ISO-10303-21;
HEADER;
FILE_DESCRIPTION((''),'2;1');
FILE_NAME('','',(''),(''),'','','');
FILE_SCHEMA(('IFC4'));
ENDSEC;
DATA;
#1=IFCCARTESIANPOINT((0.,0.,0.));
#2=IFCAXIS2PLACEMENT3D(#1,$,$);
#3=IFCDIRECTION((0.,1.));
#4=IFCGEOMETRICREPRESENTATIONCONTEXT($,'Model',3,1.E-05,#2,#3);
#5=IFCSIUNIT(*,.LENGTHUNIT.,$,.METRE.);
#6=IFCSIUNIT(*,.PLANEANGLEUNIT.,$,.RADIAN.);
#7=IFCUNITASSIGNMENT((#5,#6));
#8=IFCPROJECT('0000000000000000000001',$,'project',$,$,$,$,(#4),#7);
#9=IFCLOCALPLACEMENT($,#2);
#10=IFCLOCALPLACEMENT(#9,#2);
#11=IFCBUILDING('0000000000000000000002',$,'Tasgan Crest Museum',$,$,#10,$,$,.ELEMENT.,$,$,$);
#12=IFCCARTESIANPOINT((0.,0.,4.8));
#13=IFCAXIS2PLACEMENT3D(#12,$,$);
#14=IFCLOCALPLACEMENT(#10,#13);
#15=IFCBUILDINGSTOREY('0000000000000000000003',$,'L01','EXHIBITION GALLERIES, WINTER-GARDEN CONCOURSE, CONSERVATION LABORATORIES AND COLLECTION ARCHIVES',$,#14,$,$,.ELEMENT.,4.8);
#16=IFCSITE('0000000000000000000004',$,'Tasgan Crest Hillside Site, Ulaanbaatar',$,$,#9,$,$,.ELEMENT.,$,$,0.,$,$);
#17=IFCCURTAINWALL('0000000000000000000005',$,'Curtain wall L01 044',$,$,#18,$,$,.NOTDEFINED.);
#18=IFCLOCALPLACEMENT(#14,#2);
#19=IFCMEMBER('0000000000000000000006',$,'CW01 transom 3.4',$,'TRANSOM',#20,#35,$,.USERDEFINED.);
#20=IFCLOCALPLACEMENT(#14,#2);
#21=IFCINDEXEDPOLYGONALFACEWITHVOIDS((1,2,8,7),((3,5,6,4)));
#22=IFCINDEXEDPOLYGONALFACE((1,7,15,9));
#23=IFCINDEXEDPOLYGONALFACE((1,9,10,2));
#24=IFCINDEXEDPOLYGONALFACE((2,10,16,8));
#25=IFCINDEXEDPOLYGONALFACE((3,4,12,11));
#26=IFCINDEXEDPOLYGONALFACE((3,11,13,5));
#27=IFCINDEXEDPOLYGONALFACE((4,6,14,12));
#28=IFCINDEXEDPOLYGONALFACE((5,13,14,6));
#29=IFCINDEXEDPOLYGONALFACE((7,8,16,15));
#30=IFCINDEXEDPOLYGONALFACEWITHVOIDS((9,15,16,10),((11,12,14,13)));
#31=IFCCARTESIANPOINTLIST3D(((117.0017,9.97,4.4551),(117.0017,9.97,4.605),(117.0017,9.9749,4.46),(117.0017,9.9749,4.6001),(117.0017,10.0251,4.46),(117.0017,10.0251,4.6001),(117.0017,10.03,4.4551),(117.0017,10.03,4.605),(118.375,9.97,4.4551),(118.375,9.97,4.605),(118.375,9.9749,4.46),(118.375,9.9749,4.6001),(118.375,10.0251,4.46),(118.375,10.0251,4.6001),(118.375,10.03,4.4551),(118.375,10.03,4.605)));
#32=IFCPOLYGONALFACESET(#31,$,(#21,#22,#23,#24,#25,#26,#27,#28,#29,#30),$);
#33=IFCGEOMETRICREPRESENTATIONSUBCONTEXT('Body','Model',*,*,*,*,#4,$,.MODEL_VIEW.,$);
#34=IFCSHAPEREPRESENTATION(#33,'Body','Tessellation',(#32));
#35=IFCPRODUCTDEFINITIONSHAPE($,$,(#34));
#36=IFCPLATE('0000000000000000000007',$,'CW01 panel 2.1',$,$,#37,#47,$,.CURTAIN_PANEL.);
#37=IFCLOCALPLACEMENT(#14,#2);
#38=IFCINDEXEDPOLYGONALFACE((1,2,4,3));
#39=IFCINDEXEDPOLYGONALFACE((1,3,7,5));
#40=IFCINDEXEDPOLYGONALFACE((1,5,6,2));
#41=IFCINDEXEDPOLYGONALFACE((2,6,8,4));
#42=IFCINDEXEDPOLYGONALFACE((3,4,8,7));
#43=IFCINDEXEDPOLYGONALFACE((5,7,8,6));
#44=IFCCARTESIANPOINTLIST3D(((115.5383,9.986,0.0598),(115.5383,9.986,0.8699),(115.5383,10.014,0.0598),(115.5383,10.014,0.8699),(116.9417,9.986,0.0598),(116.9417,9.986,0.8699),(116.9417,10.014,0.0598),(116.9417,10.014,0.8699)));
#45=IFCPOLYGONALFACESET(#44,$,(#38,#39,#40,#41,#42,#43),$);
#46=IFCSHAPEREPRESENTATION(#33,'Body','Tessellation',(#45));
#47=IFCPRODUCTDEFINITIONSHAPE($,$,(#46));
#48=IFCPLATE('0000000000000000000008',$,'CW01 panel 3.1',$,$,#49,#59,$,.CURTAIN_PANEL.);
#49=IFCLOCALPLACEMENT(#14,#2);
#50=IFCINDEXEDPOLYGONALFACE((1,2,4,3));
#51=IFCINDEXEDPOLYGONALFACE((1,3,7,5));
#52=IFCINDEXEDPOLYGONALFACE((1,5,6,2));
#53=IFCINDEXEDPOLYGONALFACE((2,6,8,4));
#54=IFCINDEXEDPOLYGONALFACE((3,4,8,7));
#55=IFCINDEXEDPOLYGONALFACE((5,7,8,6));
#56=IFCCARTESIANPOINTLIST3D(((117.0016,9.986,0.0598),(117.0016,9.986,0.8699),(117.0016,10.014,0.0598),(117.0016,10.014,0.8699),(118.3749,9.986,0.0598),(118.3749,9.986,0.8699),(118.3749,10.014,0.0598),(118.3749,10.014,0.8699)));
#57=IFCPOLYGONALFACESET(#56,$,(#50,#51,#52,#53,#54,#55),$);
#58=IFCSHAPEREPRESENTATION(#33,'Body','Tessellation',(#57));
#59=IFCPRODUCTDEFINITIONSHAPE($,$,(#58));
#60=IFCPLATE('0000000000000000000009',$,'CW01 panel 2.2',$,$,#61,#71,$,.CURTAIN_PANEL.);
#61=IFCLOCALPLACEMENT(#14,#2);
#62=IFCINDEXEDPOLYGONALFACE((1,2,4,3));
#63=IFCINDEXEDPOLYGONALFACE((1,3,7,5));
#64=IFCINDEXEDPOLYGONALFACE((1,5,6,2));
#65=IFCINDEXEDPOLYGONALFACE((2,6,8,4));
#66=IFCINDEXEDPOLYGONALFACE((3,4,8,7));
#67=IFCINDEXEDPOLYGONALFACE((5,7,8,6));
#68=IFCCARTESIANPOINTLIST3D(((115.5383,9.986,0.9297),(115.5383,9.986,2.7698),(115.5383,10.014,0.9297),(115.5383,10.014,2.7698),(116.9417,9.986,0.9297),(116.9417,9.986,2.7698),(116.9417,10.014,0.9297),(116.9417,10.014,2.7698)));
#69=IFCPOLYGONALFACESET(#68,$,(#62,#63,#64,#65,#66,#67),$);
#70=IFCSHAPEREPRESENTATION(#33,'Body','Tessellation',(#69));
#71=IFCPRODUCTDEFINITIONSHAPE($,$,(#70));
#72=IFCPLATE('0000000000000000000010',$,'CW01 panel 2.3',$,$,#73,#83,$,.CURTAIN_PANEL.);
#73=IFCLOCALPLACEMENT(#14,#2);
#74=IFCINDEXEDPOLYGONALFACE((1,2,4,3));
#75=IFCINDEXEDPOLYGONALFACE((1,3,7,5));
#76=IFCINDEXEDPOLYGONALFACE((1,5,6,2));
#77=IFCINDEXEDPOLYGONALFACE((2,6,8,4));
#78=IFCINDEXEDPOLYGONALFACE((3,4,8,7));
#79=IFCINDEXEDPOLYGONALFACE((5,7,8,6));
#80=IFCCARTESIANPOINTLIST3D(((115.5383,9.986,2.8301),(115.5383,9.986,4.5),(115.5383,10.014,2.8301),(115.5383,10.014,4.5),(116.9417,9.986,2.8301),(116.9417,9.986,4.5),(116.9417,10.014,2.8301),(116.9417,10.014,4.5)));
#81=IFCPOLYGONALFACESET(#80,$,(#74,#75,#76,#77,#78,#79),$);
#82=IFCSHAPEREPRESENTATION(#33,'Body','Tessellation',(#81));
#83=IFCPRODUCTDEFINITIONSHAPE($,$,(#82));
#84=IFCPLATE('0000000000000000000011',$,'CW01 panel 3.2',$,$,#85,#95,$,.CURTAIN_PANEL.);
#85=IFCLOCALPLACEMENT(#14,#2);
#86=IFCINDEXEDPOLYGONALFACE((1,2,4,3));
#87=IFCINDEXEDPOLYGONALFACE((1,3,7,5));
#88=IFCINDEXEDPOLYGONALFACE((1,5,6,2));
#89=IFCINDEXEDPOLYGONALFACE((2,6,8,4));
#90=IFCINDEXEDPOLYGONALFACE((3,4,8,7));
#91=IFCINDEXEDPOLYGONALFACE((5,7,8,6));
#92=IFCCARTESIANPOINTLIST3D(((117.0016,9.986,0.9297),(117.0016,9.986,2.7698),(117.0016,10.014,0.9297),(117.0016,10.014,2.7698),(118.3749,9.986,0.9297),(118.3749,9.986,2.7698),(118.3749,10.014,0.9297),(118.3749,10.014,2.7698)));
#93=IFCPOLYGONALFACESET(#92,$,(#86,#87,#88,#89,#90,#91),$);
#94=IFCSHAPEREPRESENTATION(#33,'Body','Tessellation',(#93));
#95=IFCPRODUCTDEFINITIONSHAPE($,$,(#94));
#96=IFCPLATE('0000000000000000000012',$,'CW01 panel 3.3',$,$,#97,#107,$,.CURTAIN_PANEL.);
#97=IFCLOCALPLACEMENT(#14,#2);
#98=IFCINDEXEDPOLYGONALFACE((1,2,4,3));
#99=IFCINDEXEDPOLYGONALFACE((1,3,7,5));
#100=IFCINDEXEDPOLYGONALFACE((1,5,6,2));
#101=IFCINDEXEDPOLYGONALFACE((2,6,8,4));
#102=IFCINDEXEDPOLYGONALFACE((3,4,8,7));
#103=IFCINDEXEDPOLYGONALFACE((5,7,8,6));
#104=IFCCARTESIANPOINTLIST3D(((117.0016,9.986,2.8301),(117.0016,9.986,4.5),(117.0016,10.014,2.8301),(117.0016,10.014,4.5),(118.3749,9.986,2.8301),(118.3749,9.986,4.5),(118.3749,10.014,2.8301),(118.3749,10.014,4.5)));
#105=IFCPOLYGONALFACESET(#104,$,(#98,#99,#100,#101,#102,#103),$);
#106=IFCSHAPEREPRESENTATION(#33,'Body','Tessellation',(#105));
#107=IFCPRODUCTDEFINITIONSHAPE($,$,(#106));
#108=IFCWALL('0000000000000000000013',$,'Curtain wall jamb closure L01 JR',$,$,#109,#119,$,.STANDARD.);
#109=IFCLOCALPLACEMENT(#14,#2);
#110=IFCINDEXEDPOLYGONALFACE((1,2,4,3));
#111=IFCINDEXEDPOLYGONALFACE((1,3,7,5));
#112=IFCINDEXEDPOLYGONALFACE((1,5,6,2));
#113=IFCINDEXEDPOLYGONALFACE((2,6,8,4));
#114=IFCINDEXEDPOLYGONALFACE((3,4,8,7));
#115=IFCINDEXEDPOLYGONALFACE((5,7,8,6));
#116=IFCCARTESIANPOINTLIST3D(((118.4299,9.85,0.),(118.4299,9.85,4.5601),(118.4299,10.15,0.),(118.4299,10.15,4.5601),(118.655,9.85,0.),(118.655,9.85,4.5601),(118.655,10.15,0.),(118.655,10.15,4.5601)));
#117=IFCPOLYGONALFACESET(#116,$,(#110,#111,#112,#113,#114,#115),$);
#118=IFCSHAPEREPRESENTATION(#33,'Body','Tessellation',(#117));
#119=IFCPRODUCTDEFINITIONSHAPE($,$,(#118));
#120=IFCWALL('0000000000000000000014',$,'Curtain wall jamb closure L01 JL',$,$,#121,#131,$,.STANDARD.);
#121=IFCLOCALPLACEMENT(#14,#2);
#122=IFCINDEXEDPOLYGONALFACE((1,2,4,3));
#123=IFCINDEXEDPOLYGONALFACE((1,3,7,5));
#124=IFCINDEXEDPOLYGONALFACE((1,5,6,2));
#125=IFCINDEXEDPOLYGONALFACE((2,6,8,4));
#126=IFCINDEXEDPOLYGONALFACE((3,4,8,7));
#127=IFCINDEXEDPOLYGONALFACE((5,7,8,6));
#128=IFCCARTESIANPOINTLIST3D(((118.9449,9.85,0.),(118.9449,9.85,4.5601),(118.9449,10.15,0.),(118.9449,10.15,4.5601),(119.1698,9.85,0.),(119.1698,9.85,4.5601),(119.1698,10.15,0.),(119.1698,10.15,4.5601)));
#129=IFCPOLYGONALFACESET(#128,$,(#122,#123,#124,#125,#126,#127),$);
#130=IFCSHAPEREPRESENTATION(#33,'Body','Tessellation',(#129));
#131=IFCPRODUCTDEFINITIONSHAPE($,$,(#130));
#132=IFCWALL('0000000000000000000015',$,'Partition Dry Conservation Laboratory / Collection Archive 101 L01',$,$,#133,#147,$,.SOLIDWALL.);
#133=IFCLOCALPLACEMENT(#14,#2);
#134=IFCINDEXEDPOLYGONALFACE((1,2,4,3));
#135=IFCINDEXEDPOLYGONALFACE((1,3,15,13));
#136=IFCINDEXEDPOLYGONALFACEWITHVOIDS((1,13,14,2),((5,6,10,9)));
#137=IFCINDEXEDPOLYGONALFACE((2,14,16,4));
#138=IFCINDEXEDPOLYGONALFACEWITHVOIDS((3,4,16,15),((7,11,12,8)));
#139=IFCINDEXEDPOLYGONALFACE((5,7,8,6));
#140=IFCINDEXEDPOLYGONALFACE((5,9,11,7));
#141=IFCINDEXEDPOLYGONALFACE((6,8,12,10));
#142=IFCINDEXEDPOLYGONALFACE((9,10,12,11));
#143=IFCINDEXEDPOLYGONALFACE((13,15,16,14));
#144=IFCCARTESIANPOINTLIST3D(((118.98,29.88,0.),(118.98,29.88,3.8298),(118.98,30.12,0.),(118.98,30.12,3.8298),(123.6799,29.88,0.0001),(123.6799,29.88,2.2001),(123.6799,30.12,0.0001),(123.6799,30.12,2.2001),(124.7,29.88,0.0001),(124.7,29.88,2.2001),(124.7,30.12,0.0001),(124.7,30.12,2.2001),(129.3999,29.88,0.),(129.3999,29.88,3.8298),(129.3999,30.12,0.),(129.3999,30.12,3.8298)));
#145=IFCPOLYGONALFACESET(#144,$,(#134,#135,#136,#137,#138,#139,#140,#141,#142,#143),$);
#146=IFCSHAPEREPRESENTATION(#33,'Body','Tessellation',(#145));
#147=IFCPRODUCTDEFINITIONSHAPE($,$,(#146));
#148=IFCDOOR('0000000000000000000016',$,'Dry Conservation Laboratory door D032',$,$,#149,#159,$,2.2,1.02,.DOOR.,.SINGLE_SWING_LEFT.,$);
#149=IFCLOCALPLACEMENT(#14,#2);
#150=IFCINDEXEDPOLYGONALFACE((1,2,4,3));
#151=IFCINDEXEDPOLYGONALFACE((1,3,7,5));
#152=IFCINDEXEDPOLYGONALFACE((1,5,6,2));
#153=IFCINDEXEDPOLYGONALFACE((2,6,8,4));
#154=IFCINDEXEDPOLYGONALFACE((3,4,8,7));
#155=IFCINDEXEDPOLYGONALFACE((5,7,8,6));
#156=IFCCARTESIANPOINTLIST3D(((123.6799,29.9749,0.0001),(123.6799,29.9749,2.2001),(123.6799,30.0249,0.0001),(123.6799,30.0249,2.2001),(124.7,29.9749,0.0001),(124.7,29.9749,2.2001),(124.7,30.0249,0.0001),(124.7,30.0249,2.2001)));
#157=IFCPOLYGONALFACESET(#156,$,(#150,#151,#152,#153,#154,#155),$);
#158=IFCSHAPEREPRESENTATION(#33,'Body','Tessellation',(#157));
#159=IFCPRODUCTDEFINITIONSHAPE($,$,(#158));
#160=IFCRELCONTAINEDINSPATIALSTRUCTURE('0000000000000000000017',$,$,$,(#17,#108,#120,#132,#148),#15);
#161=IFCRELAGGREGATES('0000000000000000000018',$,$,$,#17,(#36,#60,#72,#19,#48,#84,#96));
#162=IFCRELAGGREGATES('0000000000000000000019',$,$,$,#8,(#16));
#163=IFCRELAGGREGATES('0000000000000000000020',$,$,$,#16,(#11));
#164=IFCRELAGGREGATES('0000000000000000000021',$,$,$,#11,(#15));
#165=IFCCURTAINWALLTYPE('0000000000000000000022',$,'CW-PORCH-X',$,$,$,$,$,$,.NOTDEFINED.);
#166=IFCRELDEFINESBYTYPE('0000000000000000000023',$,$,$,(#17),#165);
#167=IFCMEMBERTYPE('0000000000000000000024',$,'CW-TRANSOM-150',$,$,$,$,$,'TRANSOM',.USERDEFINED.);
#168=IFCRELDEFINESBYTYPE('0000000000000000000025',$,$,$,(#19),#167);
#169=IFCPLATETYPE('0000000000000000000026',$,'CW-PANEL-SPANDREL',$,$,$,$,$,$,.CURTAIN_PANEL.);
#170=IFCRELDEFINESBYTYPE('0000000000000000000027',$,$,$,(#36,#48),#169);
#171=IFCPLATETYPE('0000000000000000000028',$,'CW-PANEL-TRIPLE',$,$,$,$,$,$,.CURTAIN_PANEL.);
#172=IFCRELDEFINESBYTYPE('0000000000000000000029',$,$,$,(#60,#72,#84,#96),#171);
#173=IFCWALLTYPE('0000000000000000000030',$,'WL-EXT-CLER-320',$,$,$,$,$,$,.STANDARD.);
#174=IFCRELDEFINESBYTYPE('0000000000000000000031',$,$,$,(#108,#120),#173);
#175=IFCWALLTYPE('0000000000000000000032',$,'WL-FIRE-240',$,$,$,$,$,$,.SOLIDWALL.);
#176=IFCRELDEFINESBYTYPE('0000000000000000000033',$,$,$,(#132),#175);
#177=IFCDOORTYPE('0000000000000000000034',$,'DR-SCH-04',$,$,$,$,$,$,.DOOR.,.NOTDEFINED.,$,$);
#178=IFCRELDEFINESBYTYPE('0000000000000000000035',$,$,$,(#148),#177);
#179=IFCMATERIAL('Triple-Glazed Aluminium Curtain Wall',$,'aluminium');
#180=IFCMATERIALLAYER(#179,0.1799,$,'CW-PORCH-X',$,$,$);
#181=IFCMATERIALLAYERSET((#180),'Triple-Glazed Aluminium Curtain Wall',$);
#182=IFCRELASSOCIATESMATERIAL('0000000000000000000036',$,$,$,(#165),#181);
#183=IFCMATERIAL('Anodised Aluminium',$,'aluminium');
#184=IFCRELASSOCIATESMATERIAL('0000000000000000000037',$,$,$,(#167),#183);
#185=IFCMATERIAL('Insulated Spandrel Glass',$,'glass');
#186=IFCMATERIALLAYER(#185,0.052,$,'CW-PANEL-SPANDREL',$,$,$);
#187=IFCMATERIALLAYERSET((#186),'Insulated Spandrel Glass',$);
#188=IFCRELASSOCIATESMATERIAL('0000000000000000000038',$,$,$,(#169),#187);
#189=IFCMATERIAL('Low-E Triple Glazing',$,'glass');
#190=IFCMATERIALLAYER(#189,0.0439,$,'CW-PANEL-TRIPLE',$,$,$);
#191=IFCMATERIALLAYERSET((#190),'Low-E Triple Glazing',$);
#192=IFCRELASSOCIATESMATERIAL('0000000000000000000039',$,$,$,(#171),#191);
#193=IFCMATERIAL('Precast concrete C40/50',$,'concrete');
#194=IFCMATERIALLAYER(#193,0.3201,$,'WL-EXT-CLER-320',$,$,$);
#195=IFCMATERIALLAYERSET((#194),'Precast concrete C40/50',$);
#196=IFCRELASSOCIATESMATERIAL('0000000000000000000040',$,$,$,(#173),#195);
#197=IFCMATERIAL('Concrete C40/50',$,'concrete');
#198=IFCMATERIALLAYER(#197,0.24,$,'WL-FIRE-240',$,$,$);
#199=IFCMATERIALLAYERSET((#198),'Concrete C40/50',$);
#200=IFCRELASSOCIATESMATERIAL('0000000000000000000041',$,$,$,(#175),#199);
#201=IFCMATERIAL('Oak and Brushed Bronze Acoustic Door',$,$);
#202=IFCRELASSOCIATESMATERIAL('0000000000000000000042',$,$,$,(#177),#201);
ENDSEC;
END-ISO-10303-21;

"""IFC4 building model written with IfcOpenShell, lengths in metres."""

from ifc_helpers import new_model, si_unit, direction, frame, frame_2d, origin, origin_2d, place, context, subcontext, project, spatial, rectangle, hollow_rectangle, extrude, material, layer, layer_set, material_profile, profile_set, type_object, element, fill, aggregate, save


model = new_model("IFC4")

# Units and contexts
model_context = context("Model", 3, precision=1e-05, world=origin(), true_north=direction((0.0, 1.0)))
body_context = subcontext(model_context, "Body", "Model", "MODEL_VIEW")
ifc_project = project(units=[si_unit("LENGTHUNIT", "METRE"), si_unit("PLANEANGLEUNIT", "RADIAN")], contexts=[model_context])

# Site, building, storey
site_placement = place(None, origin())
site = spatial("IfcSite", under=ifc_project, at=site_placement, Name="Tasgan Crest Hillside Site, Ulaanbaatar", CompositionType="ELEMENT", RefElevation=0.0)
building_placement = place(site_placement, origin())
building = spatial("IfcBuilding", under=site, at=building_placement, Name="Tasgan Crest Museum", CompositionType="ELEMENT")
storey_placement = place(building_placement, frame((0.0, 0.0, 4.8)))
storey = spatial("IfcBuildingStorey", under=building, at=storey_placement, Name="L01", Description="EXHIBITION GALLERIES, WINTER-GARDEN CONCOURSE, CONSERVATION LABORATORIES AND COLLECTION ARCHIVES", CompositionType="ELEMENT", Elevation=4.8)

# Curtain wall, member, plates
ifc_material_1 = material(Name="Triple-Glazed Aluminium Curtain Wall", Category="aluminium")
ifc_layer_1 = layer(ifc_material_1, 0.1799, Name="CW-PORCH-X")
ifc_layer_set_1 = layer_set([ifc_layer_1], Name="Triple-Glazed Aluminium Curtain Wall")
curtain_wall_type = type_object("IfcCurtainWallType", Name="CW-PORCH-X", PredefinedType="NOTDEFINED", material=ifc_layer_set_1)
curtain_wall_placement = place(storey_placement, origin())
curtain_wall = element("IfcCurtainWall", 1, at=curtain_wall_placement, inside=storey, type_object=curtain_wall_type, Name="Curtain wall L01 044", PredefinedType="NOTDEFINED")
ifc_material_2 = material(Name="Anodised Aluminium", Category="aluminium")
ifc_material_profile_1 = material_profile(ifc_material_2, hollow_rectangle(XDim=0.0601, YDim=0.1499, WallThickness=0.0049, at=origin_2d()), Name="ALU TRANSOM 150x60x5")
ifc_profile_set_1 = profile_set([ifc_material_profile_1], Name="Anodised Aluminium")
member_type_1 = type_object("IfcMemberType", Name="CW-TRANSOM-150", ElementType="TRANSOM", PredefinedType="USERDEFINED", material=ifc_profile_set_1)
member_1_placement = place(storey_placement, frame((117.0017, 10.0, 4.53), z_axis=(1.0, 0.0, 0.0), x_axis=(0.0, 1.0, 0.0)))
member_1 = element("IfcMember", 2, at=member_1_placement, type_object=member_type_1, Name="CW01 transom 3.4", ObjectType="TRANSOM", PredefinedType="USERDEFINED", context=body_context, shape_type="SweptSolid", body=[
    extrude(hollow_rectangle(XDim=0.0601, YDim=0.1499, WallThickness=0.0049, at=origin_2d()), origin(), (0.0, 0.0, 1.0), 1.3733),
])
ifc_material_3 = material(Name="Insulated Spandrel Glass", Category="glass")
ifc_layer_2 = layer(ifc_material_3, 0.052, Name="CW-PANEL-SPANDREL")
ifc_layer_set_2 = layer_set([ifc_layer_2], Name="Insulated Spandrel Glass")
plate_type_1 = type_object("IfcPlateType", Name="CW-PANEL-SPANDREL", PredefinedType="CURTAIN_PANEL", material=ifc_layer_set_2)
plate_1_placement = place(storey_placement, frame((116.24, 10.0, 0.0598), z_axis=(0.0, 0.0, 1.0), x_axis=(1.0, 0.0, 0.0)))
plate_1 = element("IfcPlate", 3, at=plate_1_placement, type_object=plate_type_1, Name="CW01 panel 2.1", PredefinedType="CURTAIN_PANEL", context=body_context, shape_type="SweptSolid", body=[
    extrude(rectangle(XDim=1.4033, YDim=0.0281, at=origin_2d()), origin(), (0.0, 0.0, 1.0), 0.8101),
])
plate_2_placement = place(storey_placement, frame((117.6882, 10.0, 0.0598), z_axis=(0.0, 0.0, 1.0), x_axis=(1.0, 0.0, 0.0)))
plate_2 = element("IfcPlate", 4, at=plate_2_placement, type_object=plate_type_1, Name="CW01 panel 3.1", PredefinedType="CURTAIN_PANEL", context=body_context, shape_type="SweptSolid", body=[
    extrude(rectangle(XDim=1.3733, YDim=0.0281, at=origin_2d()), origin(), (0.0, 0.0, 1.0), 0.8101),
])
ifc_material_4 = material(Name="Low-E Triple Glazing", Category="glass")
ifc_layer_3 = layer(ifc_material_4, 0.0439, Name="CW-PANEL-TRIPLE")
ifc_layer_set_3 = layer_set([ifc_layer_3], Name="Low-E Triple Glazing")
plate_type_2 = type_object("IfcPlateType", Name="CW-PANEL-TRIPLE", PredefinedType="CURTAIN_PANEL", material=ifc_layer_set_3)
plate_3_placement = place(storey_placement, frame((116.24, 10.0, 0.9297), z_axis=(0.0, 0.0, 1.0), x_axis=(1.0, 0.0, 0.0)))
plate_3 = element("IfcPlate", 5, at=plate_3_placement, type_object=plate_type_2, Name="CW01 panel 2.2", PredefinedType="CURTAIN_PANEL", context=body_context, shape_type="SweptSolid", body=[
    extrude(rectangle(XDim=1.4033, YDim=0.0281, at=origin_2d()), origin(), (0.0, 0.0, 1.0), 1.8401),
])
plate_4_placement = place(storey_placement, frame((116.24, 10.0, 2.8301), z_axis=(0.0, 0.0, 1.0), x_axis=(1.0, 0.0, 0.0)))
plate_4 = element("IfcPlate", 6, at=plate_4_placement, type_object=plate_type_2, Name="CW01 panel 2.3", PredefinedType="CURTAIN_PANEL", context=body_context, shape_type="SweptSolid", body=[
    extrude(rectangle(XDim=1.4033, YDim=0.0281, at=origin_2d()), origin(), (0.0, 0.0, 1.0), 1.6699),
])
plate_5_placement = place(storey_placement, frame((117.6882, 10.0, 0.9297), z_axis=(0.0, 0.0, 1.0), x_axis=(1.0, 0.0, 0.0)))
plate_5 = element("IfcPlate", 7, at=plate_5_placement, type_object=plate_type_2, Name="CW01 panel 3.2", PredefinedType="CURTAIN_PANEL", context=body_context, shape_type="SweptSolid", body=[
    extrude(rectangle(XDim=1.3733, YDim=0.0281, at=origin_2d()), origin(), (0.0, 0.0, 1.0), 1.8401),
])
plate_6_placement = place(storey_placement, frame((117.6882, 10.0, 2.8301), z_axis=(0.0, 0.0, 1.0), x_axis=(1.0, 0.0, 0.0)))
plate_6 = element("IfcPlate", 8, at=plate_6_placement, type_object=plate_type_2, Name="CW01 panel 3.3", PredefinedType="CURTAIN_PANEL", context=body_context, shape_type="SweptSolid", body=[
    extrude(rectangle(XDim=1.3733, YDim=0.0281, at=origin_2d()), origin(), (0.0, 0.0, 1.0), 1.6699),
])
aggregate(curtain_wall, [plate_1, plate_3, plate_4, member_1, plate_2, plate_5, plate_6])

# Walls
ifc_material_5 = material(Name="Precast concrete C40/50", Category="concrete")
ifc_layer_4 = layer(ifc_material_5, 0.3201, Name="WL-EXT-CLER-320")
ifc_layer_set_4 = layer_set([ifc_layer_4], Name="Precast concrete C40/50")
wall_type_1 = type_object("IfcWallType", Name="WL-EXT-CLER-320", PredefinedType="STANDARD", material=ifc_layer_set_4)
wall_1_placement = place(storey_placement, frame((118.4299, 10.0, 0.0), z_axis=(0.0, 0.0, 1.0), x_axis=(1.0, 0.0, 0.0)))
element("IfcWall", 9, at=wall_1_placement, inside=storey, type_object=wall_type_1, Name="Curtain wall jamb closure L01 JR", PredefinedType="STANDARD", context=body_context, shape_type="SweptSolid", body=[
    extrude(rectangle(XDim=0.2251, YDim=0.3, at=frame_2d((0.1125, 0.0))), origin(), (0.0, 0.0, 1.0), 4.5601),
])
wall_2_placement = place(storey_placement, frame((118.9451, 10.0, 0.0), z_axis=(0.0, 0.0, 1.0), x_axis=(1.0, 0.0, 0.0)))
element("IfcWall", 10, at=wall_2_placement, inside=storey, type_object=wall_type_1, Name="Curtain wall jamb closure L01 JL", PredefinedType="STANDARD", context=body_context, shape_type="SweptSolid", body=[
    extrude(rectangle(XDim=0.2249, YDim=0.3, at=frame_2d((0.1123, 0.0))), origin(), (0.0, 0.0, 1.0), 4.5601),
])

# Wall, opening, door
ifc_material_6 = material(Name="Concrete C40/50", Category="concrete")
ifc_layer_5 = layer(ifc_material_6, 0.24, Name="WL-FIRE-240")
ifc_layer_set_5 = layer_set([ifc_layer_5], Name="Concrete C40/50")
wall_type_2 = type_object("IfcWallType", Name="WL-FIRE-240", PredefinedType="SOLIDWALL", material=ifc_layer_set_5)
wall_3_placement = place(storey_placement, frame((118.98, 30.0, 0.0), z_axis=(0.0, 0.0, 1.0), x_axis=(1.0, 0.0, 0.0)))
wall_3 = element("IfcWall", 11, at=wall_3_placement, inside=storey, type_object=wall_type_2, Name="Partition Dry Conservation Laboratory / Collection Archive 101 L01", PredefinedType="SOLIDWALL", context=body_context, shape_type="SweptSolid", body=[
    extrude(rectangle(XDim=10.4199, YDim=0.24, at=frame_2d((5.21, 0.0))), origin(), (0.0, 0.0, 1.0), 3.8298),
])
opening_1_placement = place(wall_3_placement, frame((4.7, 0.0, 0.0)))
opening_1 = element("IfcOpeningElement", 12, at=opening_1_placement, cuts=wall_3, PredefinedType="OPENING", context=body_context, shape_type="SweptSolid", body=[
    extrude(rectangle(XDim=1.02, YDim=2.2, at=frame_2d((0.51, 1.1001))), frame((0.0, 0.1299, 0.0), z_axis=(0.0, -1.0, 0.0), x_axis=(1.0, 0.0, 0.0)), (0.0, 0.0, 1.0), 0.26),
])
ifc_material_7 = material(Name="Oak and Brushed Bronze Acoustic Door")
door_type_1 = type_object("IfcDoorType", Name="DR-SCH-04", OperationType="NOTDEFINED", PredefinedType="DOOR", material=ifc_material_7)
door_1_placement = place(opening_1_placement, origin())
door_1 = element("IfcDoor", 13, at=door_1_placement, inside=storey, type_object=door_type_1, Name="Dry Conservation Laboratory door D032", OperationType="SINGLE_SWING_LEFT", OverallHeight=2.2, OverallWidth=1.02, PredefinedType="DOOR", context=body_context, shape_type="SweptSolid", body=[
    extrude(rectangle(XDim=1.02, YDim=2.2, at=frame_2d((0.51, 1.1001))), frame((0.0, 0.0249, 0.0), z_axis=(0.0, -1.0, 0.0), x_axis=(1.0, 0.0, 0.0)), (0.0, 0.0, 1.0), 0.05),
])
fill(opening_1, door_1)

save(model, "model.ifc")
